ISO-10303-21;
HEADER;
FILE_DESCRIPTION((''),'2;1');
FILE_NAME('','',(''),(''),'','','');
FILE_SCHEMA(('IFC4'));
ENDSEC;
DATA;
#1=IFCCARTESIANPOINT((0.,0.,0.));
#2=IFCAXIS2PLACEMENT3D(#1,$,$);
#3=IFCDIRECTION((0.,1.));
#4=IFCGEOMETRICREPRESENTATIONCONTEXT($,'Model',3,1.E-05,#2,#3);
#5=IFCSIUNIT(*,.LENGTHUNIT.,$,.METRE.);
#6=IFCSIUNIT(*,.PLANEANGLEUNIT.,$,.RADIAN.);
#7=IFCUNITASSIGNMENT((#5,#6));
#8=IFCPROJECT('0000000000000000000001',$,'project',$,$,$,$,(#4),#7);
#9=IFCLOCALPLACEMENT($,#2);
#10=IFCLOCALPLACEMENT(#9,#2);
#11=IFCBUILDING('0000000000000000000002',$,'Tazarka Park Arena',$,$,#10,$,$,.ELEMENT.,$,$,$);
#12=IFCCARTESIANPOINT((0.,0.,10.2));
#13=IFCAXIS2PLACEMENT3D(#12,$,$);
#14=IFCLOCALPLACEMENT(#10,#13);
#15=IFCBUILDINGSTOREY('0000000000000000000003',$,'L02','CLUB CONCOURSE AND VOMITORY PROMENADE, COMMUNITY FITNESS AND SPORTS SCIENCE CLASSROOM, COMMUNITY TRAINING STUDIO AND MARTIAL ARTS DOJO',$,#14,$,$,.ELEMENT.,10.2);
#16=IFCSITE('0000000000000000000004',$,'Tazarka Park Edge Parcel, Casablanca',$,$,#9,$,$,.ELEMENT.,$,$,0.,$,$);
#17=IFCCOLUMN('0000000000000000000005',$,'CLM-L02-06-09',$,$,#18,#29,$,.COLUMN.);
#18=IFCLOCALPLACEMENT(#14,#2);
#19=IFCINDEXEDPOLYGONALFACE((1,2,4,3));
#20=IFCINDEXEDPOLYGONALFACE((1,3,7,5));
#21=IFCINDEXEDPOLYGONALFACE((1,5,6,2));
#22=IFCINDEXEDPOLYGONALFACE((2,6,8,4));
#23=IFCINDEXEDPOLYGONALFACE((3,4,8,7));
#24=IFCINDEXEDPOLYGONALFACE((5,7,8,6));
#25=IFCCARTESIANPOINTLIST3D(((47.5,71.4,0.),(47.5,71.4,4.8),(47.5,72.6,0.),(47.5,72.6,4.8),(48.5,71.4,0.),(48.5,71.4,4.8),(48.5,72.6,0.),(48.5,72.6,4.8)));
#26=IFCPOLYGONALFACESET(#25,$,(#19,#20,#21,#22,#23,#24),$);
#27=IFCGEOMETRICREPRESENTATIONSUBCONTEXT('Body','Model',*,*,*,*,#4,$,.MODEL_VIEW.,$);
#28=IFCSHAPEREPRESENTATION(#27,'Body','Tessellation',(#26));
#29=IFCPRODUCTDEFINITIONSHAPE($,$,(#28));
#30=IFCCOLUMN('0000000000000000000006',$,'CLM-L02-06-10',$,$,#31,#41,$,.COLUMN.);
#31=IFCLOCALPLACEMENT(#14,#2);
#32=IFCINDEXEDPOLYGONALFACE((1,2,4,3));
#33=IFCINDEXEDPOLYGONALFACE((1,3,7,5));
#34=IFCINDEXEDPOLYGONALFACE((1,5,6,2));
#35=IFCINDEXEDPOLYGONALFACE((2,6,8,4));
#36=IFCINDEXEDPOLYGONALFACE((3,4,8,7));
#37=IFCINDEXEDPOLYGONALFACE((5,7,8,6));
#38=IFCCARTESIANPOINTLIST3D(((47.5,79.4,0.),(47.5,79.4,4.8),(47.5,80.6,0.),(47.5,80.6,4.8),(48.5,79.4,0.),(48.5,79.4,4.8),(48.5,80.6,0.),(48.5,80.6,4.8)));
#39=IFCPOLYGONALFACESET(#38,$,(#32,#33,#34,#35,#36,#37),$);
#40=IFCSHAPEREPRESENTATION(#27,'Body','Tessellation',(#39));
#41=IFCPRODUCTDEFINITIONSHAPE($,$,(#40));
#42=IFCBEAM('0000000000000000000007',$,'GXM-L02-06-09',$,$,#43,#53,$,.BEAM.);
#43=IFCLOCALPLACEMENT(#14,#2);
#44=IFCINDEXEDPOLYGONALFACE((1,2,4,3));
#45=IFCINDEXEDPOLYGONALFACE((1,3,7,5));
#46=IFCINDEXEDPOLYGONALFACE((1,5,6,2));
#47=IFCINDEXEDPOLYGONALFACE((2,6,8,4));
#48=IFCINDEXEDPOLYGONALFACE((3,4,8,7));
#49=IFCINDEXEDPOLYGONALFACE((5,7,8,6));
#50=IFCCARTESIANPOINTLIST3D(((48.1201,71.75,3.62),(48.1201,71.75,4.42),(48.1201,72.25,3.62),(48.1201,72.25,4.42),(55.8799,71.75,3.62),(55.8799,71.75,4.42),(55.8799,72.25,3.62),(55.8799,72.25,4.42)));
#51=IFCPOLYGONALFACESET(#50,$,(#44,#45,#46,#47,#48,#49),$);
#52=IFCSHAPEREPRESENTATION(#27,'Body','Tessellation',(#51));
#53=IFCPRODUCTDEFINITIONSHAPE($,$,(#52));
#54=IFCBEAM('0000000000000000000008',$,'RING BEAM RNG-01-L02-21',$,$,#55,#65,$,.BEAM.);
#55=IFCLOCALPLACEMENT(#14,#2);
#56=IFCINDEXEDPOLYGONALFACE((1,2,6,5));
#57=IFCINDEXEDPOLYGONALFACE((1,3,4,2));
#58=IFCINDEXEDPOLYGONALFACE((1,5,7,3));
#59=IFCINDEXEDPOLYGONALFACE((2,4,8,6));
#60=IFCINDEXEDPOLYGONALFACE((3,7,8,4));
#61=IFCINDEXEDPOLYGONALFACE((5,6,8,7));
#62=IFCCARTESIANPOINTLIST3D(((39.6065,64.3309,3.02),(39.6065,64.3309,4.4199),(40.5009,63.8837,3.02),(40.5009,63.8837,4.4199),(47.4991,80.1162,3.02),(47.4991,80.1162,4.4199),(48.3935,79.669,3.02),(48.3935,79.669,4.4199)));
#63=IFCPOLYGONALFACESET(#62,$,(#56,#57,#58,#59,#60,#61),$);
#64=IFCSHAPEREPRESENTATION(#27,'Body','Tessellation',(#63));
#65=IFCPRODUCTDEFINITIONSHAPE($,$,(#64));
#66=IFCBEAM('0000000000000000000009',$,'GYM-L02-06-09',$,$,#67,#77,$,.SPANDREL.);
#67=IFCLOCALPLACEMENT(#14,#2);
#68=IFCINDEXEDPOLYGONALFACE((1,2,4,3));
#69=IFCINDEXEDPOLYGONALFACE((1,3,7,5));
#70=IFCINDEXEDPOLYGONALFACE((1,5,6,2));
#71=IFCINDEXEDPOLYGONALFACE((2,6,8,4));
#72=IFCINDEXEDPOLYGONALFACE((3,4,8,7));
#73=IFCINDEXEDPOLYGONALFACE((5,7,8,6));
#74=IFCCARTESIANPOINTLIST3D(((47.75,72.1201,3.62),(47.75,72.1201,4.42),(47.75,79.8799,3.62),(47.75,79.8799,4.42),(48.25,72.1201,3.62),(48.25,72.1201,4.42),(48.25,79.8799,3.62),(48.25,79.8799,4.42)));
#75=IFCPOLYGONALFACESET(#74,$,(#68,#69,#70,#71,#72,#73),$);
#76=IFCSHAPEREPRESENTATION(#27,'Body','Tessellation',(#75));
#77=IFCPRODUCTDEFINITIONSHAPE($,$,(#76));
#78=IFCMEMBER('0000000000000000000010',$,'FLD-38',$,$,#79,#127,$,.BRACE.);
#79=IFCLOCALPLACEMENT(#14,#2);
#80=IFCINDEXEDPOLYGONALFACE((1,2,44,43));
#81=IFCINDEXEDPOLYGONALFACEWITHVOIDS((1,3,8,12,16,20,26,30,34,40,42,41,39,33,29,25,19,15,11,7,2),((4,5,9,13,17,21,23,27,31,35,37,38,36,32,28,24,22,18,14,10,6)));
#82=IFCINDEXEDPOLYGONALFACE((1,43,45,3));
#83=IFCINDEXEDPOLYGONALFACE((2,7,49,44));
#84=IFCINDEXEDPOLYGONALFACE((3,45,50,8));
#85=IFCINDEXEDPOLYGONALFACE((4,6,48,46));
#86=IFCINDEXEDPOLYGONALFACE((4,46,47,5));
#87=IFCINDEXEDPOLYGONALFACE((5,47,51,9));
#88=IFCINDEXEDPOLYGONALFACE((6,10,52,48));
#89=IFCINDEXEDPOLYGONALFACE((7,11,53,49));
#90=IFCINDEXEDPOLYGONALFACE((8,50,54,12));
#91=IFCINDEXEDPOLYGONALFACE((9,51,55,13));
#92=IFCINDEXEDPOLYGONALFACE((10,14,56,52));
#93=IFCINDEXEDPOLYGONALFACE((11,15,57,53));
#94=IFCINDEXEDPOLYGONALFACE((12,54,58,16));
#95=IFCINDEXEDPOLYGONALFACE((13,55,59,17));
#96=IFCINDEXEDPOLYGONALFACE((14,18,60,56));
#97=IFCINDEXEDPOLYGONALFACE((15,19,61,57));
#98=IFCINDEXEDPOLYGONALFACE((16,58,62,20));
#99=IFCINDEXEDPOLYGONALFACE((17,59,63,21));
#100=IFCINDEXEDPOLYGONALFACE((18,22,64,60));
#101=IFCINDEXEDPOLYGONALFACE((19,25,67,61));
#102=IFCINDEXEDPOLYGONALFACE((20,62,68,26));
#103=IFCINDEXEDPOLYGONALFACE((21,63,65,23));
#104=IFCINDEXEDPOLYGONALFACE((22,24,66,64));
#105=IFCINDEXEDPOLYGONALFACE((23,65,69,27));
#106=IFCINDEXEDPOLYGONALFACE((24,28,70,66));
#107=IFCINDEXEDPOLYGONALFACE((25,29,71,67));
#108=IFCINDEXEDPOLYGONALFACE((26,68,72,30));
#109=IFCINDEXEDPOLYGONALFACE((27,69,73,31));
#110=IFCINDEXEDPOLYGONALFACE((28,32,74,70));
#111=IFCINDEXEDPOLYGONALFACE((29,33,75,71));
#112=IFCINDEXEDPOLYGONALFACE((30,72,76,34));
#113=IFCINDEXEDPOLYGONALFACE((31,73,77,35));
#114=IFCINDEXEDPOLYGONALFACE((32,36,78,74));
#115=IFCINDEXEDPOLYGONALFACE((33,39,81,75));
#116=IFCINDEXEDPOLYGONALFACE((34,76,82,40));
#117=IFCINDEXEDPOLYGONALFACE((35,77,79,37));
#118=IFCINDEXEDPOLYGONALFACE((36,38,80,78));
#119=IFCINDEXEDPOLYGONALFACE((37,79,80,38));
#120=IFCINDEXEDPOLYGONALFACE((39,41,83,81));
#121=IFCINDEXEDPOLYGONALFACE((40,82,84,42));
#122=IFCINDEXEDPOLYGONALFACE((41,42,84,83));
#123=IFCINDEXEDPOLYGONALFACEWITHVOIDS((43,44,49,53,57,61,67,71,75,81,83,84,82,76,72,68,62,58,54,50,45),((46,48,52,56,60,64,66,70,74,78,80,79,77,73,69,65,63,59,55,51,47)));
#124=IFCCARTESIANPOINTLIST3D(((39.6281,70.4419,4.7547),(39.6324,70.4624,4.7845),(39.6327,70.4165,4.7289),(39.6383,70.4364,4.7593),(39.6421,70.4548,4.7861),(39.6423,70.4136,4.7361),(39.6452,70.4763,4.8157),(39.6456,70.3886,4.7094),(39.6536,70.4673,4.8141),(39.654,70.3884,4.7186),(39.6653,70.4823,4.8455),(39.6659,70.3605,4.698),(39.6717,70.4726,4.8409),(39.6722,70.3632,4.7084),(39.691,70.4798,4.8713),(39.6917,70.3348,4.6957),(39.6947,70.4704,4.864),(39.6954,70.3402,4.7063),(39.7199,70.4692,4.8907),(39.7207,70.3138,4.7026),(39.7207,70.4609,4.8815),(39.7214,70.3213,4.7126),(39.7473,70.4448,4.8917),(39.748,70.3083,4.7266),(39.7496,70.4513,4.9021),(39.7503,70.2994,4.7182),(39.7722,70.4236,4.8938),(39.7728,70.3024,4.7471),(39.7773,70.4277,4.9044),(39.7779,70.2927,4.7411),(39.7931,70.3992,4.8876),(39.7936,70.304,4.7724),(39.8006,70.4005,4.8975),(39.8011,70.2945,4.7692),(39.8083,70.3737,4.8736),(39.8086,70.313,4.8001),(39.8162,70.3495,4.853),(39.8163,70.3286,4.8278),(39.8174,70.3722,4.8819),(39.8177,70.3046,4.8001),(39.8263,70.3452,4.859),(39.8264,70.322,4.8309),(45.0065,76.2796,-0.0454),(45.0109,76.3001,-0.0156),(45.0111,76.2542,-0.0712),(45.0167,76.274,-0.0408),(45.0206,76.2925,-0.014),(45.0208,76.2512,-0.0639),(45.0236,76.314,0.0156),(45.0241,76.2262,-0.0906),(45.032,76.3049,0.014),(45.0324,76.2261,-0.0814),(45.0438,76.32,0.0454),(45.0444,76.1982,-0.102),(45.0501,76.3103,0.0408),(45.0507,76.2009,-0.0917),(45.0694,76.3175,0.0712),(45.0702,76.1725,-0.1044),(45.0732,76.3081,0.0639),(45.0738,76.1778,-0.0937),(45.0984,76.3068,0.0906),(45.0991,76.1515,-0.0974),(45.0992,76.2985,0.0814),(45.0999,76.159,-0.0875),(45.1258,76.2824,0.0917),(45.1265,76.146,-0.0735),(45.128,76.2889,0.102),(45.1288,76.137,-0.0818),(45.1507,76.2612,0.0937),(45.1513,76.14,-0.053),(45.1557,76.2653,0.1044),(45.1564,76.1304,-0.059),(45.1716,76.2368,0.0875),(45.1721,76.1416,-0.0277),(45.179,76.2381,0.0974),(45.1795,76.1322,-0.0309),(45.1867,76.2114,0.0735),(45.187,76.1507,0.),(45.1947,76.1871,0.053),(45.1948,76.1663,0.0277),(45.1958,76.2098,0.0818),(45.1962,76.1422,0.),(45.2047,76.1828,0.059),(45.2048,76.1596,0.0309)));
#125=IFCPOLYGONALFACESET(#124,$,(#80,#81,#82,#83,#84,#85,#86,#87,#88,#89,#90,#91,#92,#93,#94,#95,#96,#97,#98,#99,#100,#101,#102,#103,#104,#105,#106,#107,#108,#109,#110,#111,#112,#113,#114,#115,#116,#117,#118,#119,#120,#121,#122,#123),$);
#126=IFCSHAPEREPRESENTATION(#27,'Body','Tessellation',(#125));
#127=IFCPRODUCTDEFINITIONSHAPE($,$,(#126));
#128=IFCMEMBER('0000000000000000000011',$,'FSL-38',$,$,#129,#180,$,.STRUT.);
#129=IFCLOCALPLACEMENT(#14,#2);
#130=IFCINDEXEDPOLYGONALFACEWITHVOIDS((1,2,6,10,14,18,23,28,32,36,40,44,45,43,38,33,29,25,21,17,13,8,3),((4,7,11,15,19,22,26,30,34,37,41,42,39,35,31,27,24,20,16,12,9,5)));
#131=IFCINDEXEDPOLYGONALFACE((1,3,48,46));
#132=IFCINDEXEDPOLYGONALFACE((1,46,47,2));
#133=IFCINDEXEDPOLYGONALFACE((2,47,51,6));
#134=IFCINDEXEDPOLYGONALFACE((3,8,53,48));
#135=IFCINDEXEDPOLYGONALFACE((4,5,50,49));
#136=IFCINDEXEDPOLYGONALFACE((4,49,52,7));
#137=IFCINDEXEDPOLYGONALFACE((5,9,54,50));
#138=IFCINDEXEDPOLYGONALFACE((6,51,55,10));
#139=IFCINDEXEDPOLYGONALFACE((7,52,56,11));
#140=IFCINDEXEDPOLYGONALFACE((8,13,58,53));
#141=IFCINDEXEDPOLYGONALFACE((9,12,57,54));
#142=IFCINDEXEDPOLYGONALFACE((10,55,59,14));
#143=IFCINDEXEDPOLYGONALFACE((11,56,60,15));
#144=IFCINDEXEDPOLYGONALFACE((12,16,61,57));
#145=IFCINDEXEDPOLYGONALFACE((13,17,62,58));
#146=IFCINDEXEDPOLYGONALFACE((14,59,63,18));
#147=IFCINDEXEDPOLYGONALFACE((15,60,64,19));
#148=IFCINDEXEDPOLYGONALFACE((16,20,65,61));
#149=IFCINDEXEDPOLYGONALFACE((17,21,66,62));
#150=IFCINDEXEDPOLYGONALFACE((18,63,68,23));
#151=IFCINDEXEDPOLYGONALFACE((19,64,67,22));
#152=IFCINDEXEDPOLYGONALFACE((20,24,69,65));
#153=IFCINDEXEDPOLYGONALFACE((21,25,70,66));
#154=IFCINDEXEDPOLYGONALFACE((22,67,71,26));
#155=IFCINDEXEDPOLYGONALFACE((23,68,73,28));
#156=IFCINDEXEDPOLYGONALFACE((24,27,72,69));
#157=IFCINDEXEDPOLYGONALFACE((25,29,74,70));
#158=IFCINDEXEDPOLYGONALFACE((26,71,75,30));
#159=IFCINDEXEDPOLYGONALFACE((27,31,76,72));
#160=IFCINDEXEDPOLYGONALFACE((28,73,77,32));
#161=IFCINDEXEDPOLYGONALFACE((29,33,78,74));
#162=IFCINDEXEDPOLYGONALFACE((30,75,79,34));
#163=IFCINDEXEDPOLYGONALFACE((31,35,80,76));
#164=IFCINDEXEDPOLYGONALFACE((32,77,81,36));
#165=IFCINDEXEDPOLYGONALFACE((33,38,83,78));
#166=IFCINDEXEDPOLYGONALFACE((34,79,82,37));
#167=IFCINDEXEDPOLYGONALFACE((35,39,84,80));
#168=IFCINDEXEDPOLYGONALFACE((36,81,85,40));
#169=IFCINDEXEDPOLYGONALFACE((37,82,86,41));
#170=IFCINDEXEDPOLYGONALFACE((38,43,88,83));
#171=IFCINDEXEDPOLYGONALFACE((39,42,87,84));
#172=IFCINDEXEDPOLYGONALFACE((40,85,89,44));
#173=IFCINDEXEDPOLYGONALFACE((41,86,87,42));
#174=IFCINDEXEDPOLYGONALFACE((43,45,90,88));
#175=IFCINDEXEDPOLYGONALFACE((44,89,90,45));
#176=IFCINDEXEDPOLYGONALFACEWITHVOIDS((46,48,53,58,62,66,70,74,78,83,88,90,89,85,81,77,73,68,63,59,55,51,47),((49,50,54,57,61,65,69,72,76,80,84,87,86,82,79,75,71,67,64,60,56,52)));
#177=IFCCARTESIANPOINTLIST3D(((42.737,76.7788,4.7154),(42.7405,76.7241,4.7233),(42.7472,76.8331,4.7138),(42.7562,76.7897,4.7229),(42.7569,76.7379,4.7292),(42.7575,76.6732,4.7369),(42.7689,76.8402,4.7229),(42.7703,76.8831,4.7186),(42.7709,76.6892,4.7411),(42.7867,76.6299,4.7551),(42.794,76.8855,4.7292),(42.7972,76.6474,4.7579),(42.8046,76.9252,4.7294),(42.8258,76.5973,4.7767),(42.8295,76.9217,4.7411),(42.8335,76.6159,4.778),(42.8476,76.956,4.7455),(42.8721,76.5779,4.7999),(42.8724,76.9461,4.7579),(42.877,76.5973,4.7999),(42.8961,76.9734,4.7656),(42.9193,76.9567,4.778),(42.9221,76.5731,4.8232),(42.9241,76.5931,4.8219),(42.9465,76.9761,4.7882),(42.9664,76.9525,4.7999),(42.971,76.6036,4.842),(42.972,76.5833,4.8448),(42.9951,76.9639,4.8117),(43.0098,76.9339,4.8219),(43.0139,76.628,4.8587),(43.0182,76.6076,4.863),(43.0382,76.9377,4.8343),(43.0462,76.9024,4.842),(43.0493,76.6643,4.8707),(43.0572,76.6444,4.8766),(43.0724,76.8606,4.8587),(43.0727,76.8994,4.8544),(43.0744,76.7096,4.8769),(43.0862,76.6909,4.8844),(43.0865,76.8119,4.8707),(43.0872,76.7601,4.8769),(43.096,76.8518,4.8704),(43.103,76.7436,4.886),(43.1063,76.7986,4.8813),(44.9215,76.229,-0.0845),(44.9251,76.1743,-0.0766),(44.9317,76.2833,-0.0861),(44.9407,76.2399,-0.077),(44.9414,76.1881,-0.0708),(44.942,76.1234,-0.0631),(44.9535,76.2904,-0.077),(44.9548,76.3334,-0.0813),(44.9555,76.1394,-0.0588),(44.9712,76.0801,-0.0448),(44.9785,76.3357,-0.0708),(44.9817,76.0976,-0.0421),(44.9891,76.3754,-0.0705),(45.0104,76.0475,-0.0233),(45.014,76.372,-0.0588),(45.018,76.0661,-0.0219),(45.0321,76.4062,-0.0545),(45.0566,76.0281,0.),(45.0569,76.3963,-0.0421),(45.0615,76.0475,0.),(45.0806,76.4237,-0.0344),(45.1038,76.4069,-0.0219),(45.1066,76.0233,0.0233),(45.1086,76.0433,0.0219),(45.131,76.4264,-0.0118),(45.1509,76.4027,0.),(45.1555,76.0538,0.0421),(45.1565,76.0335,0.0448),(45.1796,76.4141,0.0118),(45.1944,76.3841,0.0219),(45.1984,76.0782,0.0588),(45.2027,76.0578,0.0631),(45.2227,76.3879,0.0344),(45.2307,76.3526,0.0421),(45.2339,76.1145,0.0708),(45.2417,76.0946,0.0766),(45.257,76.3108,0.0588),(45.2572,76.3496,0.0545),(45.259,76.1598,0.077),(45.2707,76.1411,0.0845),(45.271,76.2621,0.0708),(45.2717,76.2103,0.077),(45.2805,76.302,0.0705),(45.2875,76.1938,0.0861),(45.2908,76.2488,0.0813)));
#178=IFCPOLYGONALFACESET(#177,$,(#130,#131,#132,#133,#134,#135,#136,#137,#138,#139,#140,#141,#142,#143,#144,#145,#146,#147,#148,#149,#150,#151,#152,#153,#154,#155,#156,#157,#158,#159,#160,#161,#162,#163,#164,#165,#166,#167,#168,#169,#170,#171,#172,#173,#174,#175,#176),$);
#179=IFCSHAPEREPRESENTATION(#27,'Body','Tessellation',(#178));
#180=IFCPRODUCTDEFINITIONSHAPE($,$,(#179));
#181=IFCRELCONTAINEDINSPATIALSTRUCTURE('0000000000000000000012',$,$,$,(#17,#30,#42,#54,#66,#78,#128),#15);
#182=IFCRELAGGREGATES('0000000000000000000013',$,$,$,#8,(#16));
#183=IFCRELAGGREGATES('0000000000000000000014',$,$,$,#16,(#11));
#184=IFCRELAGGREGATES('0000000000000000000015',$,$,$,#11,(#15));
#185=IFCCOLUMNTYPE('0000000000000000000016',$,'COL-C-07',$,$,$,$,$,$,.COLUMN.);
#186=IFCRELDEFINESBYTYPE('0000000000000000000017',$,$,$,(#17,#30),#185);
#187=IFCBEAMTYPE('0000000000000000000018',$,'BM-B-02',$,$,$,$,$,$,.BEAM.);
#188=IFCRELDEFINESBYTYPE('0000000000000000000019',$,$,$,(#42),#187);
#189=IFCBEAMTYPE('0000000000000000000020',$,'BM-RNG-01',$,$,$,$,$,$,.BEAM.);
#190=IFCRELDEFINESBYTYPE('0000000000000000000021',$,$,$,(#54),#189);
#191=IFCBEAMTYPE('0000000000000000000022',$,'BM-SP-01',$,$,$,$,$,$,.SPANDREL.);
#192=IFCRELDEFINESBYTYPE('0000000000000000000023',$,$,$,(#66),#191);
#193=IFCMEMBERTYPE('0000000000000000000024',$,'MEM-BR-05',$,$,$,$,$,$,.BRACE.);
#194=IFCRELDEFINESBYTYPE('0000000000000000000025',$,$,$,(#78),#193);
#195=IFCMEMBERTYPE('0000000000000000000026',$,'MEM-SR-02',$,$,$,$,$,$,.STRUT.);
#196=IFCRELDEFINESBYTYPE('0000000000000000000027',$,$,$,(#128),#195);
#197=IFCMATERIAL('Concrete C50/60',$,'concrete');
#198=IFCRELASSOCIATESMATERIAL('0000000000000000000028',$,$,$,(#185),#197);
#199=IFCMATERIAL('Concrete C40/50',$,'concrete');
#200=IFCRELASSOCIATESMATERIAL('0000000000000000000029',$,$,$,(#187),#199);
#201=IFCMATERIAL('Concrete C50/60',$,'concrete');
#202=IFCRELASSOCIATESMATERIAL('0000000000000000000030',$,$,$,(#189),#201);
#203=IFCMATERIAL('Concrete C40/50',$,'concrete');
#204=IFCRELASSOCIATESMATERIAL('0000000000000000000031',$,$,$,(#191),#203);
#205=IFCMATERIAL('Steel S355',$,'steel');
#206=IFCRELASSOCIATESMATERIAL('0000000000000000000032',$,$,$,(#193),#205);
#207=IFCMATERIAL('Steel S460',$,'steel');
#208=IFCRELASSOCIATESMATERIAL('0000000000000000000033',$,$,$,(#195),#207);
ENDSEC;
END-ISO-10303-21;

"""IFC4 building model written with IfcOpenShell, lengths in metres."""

from ifc_helpers import new_model, si_unit, direction, frame, origin, origin_2d, place, context, subcontext, project, spatial, rectangle, hollow_circle, extrude, material, material_profile, profile_set, type_object, element, save


model = new_model("IFC4")

# Units and contexts
model_context = context("Model", 3, precision=1e-05, world=origin(), true_north=direction((0.0, 1.0)))
body_context = subcontext(model_context, "Body", "Model", "MODEL_VIEW")
ifc_project = project(units=[si_unit("LENGTHUNIT", "METRE"), si_unit("PLANEANGLEUNIT", "RADIAN")], contexts=[model_context])

# Site, building, storey
site_placement = place(None, origin())
site = spatial("IfcSite", under=ifc_project, at=site_placement, Name="Tazarka Park Edge Parcel, Casablanca", CompositionType="ELEMENT", RefElevation=0.0)
building_placement = place(site_placement, origin())
building = spatial("IfcBuilding", under=site, at=building_placement, Name="Tazarka Park Arena", CompositionType="ELEMENT")
storey_placement = place(building_placement, frame((0.0, 0.0, 10.2)))
storey = spatial("IfcBuildingStorey", under=building, at=storey_placement, Name="L02", Description="CLUB CONCOURSE AND VOMITORY PROMENADE, COMMUNITY FITNESS AND SPORTS SCIENCE CLASSROOM, COMMUNITY TRAINING STUDIO AND MARTIAL ARTS DOJO", CompositionType="ELEMENT", Elevation=10.2)

# Columns
ifc_material_1 = material(Name="Concrete C50/60", Category="concrete")
ifc_material_profile_1 = material_profile(ifc_material_1, rectangle(XDim=1.0, YDim=1.2, at=origin_2d()), Name="Concrete C50/60")
ifc_profile_set_1 = profile_set([ifc_material_profile_1], Name="Concrete C50/60")
column_type = type_object("IfcColumnType", Name="COL-C-07", PredefinedType="COLUMN", material=ifc_profile_set_1)
for number, where, z_axis, x_axis, name in (
    (1, (48.0, 72.0, 0.0), (0.0, 0.0, 1.0), (1.0, 0.0, 0.0), "CLM-L02-06-09"),
    (2, (48.0, 80.0, 0.0), (0.0, 0.0, 1.0), (1.0, 0.0, 0.0), "CLM-L02-06-10"),
):
    element("IfcColumn", number, at=place(storey_placement, frame(where, z_axis=z_axis, x_axis=x_axis)), inside=storey, type_object=column_type, Name=name, PredefinedType="COLUMN", context=body_context, shape_type="SweptSolid", body=[
        extrude(rectangle(XDim=1.0, YDim=1.2, at=origin_2d()), origin(), (0.0, 0.0, 1.0), 4.8),
    ])

# Beams
ifc_material_2 = material(Name="Concrete C40/50", Category="concrete")
ifc_material_profile_2 = material_profile(ifc_material_2, rectangle(XDim=0.5, YDim=0.8, at=origin_2d()), Name="Concrete C40/50")
ifc_profile_set_2 = profile_set([ifc_material_profile_2], Name="Concrete C40/50")
beam_type_1 = type_object("IfcBeamType", Name="BM-B-02", PredefinedType="BEAM", material=ifc_profile_set_2)
beam_1_placement = place(storey_placement, frame((48.1201, 72.0, 4.02), z_axis=(1.0, 0.0, 0.0), x_axis=(0.0, 1.0, 0.0)))
element("IfcBeam", 3, at=beam_1_placement, inside=storey, type_object=beam_type_1, Name="GXM-L02-06-09", PredefinedType="BEAM", context=body_context, shape_type="SweptSolid", body=[
    extrude(rectangle(XDim=0.5, YDim=0.8, at=origin_2d()), origin(), (0.0, 0.0, 1.0), 7.7598),
])
ifc_material_3 = material(Name="Concrete C50/60", Category="concrete")
ifc_material_profile_3 = material_profile(ifc_material_3, rectangle(XDim=1.0, YDim=1.3999, at=origin_2d()), Name="Concrete C50/60")
ifc_profile_set_3 = profile_set([ifc_material_profile_3], Name="Concrete C50/60")
beam_type_2 = type_object("IfcBeamType", Name="BM-RNG-01", PredefinedType="BEAM", material=ifc_profile_set_3)
beam_2_placement = place(storey_placement, frame((47.9463, 79.8926, 3.72), z_axis=(-0.447214, -0.894427, 0.0), x_axis=(0.894427, -0.447214, 0.0)))
element("IfcBeam", 4, at=beam_2_placement, inside=storey, type_object=beam_type_2, Name="RING BEAM RNG-01-L02-21", PredefinedType="BEAM", context=body_context, shape_type="SweptSolid", body=[
    extrude(rectangle(XDim=1.0, YDim=1.3999, at=origin_2d()), origin(), (0.0, 0.0, 1.0), 17.6484),
])
ifc_material_4 = material(Name="Concrete C40/50", Category="concrete")
ifc_material_profile_4 = material_profile(ifc_material_4, rectangle(XDim=0.5, YDim=0.8, at=origin_2d()), Name="Concrete C40/50")
ifc_profile_set_4 = profile_set([ifc_material_profile_4], Name="Concrete C40/50")
beam_type_3 = type_object("IfcBeamType", Name="BM-SP-01", PredefinedType="SPANDREL", material=ifc_profile_set_4)
beam_3_placement = place(storey_placement, frame((48.0, 72.1201, 4.02), z_axis=(0.0, 1.0, 0.0), x_axis=(-1.0, 0.0, 0.0)))
element("IfcBeam", 5, at=beam_3_placement, inside=storey, type_object=beam_type_3, Name="GYM-L02-06-09", PredefinedType="SPANDREL", context=body_context, shape_type="SweptSolid", body=[
    extrude(rectangle(XDim=0.5, YDim=0.8, at=origin_2d()), origin(), (0.0, 0.0, 1.0), 7.7598),
])

# Members
ifc_material_5 = material(Name="Steel S355", Category="steel")
ifc_material_profile_5 = material_profile(ifc_material_5, hollow_circle(Radius=0.1223, WallThickness=0.0125, at=origin_2d()), Name="Steel S355")
ifc_profile_set_5 = profile_set([ifc_material_profile_5], Name="Steel S355")
member_type_1 = type_object("IfcMemberType", Name="MEM-BR-05", PredefinedType="BRACE", material=ifc_profile_set_5)
member_1_placement = place(storey_placement, frame((45.1062, 76.2251, 0.0), z_axis=(-0.579815, -0.629321, 0.517464), x_axis=(0.735442, -0.677587, 0.0)))
element("IfcMember", 6, at=member_1_placement, inside=storey, type_object=member_type_1, Name="FLD-38", PredefinedType="BRACE", context=body_context, shape_type="SweptSolid", body=[
    extrude(hollow_circle(Radius=0.1223, WallThickness=0.0125, at=origin_2d()), origin(), (0.0, 0.0, 1.0), 9.2761),
])
ifc_material_6 = material(Name="Steel S460", Category="steel")
ifc_material_profile_6 = material_profile(ifc_material_6, hollow_circle(Radius=0.2031, WallThickness=0.02, at=origin_2d()), Name="Steel S460")
ifc_profile_set_6 = profile_set([ifc_material_profile_6], Name="Steel S460")
member_type_2 = type_object("IfcMemberType", Name="MEM-SR-02", PredefinedType="STRUT", material=ifc_profile_set_6)
member_2_placement = place(storey_placement, frame((45.1062, 76.2251, 0.0), z_axis=(-0.411999, 0.10369, 0.905265), x_axis=(-0.244065, -0.969759, 0.0)))
element("IfcMember", 7, at=member_2_placement, inside=storey, type_object=member_type_2, Name="FSL-38", PredefinedType="STRUT", context=body_context, shape_type="SweptSolid", body=[
    extrude(hollow_circle(Radius=0.2031, WallThickness=0.02, at=origin_2d()), origin(), (0.0, 0.0, 1.0), 5.3022),
])

save(model, "model.ifc")
